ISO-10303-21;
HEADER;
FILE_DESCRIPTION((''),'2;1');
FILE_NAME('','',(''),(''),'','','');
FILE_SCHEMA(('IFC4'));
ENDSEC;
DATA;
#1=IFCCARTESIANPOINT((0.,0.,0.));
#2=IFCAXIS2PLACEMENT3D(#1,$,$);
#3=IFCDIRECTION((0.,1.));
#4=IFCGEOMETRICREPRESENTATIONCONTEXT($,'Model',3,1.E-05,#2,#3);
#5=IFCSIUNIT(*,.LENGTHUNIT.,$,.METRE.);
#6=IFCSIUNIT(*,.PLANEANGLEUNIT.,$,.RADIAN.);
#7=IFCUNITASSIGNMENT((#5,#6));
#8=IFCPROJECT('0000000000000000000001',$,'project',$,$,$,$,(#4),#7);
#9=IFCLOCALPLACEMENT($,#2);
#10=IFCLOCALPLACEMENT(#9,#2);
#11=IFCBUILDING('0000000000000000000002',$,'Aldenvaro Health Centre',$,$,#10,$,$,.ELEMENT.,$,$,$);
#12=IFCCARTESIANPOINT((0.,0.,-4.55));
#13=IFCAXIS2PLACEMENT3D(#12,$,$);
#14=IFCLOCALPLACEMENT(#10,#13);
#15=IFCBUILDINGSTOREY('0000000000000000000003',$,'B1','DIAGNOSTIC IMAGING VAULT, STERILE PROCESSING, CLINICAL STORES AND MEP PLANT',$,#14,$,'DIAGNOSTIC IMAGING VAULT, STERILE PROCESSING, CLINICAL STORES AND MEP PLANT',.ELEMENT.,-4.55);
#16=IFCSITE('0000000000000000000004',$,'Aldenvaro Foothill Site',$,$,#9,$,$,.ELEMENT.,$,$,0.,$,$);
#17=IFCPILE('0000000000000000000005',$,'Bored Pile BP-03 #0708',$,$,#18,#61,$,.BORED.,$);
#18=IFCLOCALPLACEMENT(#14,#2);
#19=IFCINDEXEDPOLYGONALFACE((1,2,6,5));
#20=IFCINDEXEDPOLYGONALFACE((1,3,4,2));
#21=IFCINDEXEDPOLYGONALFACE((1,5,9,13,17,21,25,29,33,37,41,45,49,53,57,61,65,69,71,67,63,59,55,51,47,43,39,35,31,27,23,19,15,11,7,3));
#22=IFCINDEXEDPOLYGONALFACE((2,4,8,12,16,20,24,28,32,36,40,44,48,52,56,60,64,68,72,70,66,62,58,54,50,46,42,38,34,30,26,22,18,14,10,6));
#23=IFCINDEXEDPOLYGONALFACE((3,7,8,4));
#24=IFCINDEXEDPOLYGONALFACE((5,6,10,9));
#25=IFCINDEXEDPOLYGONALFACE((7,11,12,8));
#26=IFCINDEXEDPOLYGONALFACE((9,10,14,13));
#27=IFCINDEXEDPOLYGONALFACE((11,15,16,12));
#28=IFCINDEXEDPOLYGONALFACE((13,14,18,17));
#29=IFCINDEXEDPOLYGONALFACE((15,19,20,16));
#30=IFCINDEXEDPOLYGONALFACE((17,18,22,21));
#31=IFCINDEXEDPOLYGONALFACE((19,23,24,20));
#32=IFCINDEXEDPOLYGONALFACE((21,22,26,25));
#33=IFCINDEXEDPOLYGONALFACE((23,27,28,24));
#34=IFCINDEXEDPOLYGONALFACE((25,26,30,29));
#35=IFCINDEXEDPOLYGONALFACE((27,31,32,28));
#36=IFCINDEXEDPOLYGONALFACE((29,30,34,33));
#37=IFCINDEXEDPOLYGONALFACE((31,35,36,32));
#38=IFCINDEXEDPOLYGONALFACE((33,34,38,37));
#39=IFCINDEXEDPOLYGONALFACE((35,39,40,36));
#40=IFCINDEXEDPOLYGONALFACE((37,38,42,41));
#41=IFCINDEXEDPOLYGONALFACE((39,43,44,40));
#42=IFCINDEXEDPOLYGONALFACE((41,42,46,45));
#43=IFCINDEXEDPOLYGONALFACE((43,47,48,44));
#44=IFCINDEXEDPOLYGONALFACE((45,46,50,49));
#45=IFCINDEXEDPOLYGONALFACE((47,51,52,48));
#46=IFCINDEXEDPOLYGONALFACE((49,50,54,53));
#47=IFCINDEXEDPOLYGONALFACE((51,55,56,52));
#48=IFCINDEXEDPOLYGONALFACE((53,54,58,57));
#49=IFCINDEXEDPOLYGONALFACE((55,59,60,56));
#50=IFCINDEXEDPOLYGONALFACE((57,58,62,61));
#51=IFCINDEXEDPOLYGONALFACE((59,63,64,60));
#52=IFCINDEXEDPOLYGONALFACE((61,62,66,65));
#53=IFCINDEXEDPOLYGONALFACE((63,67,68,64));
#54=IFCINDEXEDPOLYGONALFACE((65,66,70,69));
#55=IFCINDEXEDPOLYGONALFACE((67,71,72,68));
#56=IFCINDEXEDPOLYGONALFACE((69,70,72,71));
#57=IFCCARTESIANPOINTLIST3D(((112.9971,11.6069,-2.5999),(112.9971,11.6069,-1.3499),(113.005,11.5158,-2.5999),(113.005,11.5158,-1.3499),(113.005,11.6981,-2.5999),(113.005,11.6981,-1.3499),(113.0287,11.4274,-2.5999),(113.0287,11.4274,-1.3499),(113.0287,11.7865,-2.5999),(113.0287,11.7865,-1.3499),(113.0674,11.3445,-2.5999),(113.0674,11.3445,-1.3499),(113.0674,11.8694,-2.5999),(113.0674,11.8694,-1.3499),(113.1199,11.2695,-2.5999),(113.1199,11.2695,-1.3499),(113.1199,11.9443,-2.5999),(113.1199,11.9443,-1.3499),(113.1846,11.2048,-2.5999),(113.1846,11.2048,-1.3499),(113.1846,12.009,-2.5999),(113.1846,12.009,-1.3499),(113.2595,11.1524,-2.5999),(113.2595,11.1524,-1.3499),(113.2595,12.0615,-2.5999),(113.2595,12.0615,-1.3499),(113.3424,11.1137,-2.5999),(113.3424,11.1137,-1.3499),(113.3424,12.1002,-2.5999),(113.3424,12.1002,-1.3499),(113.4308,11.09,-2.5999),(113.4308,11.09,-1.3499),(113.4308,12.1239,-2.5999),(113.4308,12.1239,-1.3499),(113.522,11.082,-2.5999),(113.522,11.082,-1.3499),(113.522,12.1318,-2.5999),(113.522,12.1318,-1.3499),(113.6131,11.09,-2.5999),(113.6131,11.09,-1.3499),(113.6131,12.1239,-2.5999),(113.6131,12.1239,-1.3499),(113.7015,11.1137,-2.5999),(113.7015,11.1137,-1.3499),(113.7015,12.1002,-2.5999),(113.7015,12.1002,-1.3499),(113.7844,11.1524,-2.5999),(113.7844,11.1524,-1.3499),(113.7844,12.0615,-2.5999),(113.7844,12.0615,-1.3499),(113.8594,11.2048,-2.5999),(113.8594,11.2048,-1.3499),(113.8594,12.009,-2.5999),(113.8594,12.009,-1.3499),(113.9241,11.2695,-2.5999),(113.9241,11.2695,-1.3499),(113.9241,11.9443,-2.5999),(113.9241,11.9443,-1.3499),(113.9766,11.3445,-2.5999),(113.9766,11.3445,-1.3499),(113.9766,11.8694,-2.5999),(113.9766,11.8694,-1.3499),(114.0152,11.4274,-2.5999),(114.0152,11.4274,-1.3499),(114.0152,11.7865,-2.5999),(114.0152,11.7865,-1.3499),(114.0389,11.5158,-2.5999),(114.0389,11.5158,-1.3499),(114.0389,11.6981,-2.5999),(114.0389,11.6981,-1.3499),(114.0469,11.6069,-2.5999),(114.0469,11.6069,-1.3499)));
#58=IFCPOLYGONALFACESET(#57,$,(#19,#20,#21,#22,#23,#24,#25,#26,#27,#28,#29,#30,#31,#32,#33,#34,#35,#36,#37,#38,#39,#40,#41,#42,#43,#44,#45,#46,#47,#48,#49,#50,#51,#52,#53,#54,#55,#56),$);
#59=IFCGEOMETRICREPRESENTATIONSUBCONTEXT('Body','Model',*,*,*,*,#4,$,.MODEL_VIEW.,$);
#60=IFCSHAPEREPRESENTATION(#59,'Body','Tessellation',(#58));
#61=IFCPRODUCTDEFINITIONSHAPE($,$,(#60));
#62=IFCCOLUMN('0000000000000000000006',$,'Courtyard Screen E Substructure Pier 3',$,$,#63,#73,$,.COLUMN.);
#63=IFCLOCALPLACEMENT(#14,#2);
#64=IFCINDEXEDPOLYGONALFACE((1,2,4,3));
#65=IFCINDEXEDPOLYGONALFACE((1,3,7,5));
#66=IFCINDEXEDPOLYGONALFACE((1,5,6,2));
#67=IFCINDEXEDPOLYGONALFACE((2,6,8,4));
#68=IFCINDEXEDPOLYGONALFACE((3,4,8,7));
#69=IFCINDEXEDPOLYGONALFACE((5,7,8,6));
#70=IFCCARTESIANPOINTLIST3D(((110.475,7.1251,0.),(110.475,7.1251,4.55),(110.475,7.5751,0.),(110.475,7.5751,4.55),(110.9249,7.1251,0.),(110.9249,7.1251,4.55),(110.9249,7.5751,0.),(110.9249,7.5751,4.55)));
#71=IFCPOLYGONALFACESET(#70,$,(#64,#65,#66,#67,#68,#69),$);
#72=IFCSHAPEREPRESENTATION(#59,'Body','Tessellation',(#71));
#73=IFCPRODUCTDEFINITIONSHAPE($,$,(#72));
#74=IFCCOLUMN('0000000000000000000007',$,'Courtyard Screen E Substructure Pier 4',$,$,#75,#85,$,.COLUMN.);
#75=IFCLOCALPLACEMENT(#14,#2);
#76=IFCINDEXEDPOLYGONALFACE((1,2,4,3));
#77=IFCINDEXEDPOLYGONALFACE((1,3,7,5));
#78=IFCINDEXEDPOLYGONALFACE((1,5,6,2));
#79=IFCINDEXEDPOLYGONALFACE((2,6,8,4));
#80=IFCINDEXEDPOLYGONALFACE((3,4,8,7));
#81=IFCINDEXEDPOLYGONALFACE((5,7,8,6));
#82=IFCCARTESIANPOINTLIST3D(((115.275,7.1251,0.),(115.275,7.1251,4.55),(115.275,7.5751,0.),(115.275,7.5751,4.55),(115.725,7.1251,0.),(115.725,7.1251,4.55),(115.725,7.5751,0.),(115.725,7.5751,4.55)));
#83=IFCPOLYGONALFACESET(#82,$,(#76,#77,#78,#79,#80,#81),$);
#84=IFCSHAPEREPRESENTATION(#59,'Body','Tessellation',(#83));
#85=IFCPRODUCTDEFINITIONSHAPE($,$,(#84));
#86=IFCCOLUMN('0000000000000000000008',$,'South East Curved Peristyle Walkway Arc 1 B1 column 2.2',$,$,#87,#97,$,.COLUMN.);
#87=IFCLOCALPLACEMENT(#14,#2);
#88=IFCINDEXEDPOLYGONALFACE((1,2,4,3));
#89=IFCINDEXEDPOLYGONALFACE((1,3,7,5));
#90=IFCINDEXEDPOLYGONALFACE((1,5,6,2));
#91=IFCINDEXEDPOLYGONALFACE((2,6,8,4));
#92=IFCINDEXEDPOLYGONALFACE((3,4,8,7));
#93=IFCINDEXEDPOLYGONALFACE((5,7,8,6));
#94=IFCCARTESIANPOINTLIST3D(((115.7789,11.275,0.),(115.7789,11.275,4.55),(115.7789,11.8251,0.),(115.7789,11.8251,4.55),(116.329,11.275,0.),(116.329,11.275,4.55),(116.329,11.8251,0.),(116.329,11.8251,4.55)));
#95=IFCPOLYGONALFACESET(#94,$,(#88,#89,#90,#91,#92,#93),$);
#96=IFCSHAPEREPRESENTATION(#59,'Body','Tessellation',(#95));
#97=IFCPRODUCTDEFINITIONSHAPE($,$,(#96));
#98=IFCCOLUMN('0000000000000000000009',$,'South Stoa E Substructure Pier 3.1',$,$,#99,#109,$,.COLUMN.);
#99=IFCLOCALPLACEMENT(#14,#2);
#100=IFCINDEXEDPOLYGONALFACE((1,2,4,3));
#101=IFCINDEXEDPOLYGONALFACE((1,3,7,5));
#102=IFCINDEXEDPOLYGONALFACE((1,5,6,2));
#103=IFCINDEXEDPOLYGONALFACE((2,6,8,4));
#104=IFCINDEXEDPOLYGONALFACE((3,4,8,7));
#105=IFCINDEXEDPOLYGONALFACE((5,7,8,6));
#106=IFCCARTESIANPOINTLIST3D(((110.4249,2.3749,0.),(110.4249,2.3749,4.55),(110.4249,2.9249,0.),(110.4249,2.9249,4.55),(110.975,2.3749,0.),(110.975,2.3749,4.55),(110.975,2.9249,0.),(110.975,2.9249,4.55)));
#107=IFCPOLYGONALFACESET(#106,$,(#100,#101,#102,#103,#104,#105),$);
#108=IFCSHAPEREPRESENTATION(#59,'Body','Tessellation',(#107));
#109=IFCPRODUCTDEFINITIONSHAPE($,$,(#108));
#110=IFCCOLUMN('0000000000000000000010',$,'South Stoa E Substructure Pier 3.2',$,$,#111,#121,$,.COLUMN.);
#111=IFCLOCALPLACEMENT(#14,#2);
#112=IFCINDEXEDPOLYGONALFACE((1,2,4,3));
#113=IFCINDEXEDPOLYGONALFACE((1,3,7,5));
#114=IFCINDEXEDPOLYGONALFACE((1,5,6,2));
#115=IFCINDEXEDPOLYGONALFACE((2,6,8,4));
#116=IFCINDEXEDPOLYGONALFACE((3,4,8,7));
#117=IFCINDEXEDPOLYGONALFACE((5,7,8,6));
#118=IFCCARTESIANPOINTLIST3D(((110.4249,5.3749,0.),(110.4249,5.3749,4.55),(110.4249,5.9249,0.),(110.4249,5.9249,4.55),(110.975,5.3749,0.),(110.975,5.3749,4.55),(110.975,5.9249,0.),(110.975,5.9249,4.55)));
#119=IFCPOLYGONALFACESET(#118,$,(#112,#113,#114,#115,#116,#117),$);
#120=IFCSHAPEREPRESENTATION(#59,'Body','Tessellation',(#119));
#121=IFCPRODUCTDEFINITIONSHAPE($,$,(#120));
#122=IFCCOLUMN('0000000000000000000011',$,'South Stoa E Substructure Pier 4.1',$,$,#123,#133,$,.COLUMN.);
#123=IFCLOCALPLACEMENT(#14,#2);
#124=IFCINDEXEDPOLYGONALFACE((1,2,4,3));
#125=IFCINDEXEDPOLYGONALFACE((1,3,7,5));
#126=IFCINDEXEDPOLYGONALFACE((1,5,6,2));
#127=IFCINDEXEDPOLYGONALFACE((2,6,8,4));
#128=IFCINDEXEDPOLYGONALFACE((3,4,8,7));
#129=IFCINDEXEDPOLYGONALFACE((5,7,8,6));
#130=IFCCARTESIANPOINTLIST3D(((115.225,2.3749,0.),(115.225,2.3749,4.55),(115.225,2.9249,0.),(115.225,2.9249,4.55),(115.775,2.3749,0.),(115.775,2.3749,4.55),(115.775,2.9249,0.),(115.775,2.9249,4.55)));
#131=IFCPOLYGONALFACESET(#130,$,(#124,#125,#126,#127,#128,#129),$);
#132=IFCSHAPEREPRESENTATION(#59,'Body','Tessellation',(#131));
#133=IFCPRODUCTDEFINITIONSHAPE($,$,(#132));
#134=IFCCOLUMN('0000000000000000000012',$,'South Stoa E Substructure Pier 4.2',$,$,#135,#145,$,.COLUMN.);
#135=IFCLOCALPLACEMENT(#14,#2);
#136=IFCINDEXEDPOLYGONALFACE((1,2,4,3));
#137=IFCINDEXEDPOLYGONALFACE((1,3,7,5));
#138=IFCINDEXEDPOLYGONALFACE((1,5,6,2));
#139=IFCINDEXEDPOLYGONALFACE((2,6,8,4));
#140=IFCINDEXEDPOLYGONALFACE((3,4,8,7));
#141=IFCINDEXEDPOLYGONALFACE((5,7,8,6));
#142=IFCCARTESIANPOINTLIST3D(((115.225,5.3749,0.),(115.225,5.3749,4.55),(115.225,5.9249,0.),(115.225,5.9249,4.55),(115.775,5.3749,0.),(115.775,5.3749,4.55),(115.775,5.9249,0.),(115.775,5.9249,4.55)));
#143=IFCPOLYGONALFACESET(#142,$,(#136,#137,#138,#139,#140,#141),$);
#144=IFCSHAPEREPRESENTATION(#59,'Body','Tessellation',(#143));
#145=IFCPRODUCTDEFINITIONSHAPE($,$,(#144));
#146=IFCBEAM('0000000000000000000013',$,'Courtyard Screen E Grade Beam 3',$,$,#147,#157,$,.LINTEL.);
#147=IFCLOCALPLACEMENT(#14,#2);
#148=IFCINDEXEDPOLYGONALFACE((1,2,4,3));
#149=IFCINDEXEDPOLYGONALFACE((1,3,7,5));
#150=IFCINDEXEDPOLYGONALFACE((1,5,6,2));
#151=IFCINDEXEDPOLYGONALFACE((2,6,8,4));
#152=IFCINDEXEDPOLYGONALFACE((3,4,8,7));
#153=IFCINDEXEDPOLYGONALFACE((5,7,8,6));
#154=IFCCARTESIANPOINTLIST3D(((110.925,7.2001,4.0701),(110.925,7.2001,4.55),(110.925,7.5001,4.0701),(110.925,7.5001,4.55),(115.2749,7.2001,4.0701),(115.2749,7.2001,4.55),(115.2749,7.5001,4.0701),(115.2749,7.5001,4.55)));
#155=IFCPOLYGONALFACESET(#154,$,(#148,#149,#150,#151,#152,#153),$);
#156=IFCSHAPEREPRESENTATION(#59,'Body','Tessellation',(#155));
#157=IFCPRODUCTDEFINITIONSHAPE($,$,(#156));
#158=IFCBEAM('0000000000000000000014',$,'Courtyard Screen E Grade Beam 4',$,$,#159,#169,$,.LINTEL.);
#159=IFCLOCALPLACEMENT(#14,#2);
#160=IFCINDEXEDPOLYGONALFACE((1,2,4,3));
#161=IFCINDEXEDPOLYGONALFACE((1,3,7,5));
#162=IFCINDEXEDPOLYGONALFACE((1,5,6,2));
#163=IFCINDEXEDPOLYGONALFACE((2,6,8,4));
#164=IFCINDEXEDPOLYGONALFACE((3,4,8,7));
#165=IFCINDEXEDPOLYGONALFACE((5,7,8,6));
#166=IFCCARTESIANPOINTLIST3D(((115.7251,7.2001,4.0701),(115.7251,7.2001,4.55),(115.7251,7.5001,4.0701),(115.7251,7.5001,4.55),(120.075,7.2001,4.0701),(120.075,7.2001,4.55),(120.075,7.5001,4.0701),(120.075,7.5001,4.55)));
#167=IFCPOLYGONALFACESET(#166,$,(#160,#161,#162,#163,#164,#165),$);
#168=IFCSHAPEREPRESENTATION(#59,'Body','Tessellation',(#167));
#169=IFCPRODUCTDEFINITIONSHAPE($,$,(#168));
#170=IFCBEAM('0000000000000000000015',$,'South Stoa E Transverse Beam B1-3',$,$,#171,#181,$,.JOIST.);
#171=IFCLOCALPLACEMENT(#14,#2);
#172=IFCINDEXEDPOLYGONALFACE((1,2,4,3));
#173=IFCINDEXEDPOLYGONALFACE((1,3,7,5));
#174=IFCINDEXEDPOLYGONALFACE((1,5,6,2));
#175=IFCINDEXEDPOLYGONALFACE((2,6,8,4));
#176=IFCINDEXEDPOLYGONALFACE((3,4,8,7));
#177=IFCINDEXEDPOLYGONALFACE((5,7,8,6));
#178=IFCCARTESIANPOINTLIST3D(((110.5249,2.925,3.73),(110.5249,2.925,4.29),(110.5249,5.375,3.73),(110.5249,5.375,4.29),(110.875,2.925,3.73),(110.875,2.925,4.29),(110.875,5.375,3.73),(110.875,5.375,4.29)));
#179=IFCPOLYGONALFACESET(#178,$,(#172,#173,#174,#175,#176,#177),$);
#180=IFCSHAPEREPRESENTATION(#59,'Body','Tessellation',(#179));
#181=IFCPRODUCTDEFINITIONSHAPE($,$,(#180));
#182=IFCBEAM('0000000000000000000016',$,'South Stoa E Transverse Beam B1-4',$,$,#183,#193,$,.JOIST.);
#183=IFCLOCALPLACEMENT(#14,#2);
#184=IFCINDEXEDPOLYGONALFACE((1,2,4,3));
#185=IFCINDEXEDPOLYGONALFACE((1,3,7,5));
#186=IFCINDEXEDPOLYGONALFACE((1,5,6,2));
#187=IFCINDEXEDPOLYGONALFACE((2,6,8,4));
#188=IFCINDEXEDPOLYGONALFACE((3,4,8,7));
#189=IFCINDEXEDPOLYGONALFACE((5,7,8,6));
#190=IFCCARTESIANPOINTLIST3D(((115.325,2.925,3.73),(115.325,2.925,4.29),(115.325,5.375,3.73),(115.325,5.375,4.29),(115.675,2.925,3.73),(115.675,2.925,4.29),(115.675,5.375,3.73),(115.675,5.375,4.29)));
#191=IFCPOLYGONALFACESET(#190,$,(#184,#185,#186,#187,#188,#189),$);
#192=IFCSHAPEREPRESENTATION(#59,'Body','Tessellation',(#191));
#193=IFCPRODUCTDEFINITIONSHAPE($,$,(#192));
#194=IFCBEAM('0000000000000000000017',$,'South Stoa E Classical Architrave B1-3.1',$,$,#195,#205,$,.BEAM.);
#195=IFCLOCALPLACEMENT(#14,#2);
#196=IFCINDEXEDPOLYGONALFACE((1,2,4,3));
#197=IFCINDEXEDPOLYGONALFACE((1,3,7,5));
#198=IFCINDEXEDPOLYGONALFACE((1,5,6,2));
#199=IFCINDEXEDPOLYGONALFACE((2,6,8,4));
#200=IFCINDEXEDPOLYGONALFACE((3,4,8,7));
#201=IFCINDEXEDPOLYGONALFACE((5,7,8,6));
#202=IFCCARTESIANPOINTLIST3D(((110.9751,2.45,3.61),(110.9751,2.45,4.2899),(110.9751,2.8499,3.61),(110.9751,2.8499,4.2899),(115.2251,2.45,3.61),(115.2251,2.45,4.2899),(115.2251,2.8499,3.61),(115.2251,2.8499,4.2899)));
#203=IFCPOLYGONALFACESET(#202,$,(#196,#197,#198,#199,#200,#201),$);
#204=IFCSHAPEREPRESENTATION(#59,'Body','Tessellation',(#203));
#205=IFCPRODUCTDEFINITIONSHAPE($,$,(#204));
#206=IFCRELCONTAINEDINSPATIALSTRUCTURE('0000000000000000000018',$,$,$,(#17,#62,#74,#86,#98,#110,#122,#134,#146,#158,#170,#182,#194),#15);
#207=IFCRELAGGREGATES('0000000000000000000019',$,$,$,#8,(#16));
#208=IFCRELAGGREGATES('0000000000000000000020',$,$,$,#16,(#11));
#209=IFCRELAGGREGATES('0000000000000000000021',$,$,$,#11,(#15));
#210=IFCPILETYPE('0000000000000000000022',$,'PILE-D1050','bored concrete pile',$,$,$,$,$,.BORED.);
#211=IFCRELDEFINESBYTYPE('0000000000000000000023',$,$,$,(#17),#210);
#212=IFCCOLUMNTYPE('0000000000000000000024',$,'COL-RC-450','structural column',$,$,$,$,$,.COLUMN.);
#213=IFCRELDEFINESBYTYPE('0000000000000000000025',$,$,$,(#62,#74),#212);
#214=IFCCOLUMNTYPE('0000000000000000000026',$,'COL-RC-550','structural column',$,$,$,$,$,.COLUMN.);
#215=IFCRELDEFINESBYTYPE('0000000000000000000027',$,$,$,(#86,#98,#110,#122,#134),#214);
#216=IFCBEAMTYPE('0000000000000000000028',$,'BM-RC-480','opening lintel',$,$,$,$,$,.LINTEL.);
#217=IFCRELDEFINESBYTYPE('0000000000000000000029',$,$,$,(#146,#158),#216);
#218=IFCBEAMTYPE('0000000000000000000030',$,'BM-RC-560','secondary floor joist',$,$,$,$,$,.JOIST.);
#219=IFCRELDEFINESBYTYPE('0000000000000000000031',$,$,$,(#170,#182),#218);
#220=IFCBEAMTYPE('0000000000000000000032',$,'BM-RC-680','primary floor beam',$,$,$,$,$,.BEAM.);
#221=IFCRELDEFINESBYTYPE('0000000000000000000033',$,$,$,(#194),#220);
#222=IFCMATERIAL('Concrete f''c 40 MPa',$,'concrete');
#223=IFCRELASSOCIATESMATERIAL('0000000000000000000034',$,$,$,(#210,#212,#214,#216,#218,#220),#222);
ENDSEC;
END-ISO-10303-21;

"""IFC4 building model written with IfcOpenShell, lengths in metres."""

from ifc_helpers import new_model, si_unit, direction, frame, origin, origin_2d, place, context, subcontext, project, spatial, rectangle, circle, extrude, material, material_profile, profile_set, type_object, element, save


model = new_model("IFC4")

# Units and contexts
model_context = context("Model", 3, precision=1e-05, world=origin(), true_north=direction((0.0, 1.0)))
body_context = subcontext(model_context, "Body", "Model", "MODEL_VIEW")
ifc_project = project(units=[si_unit("LENGTHUNIT", "METRE"), si_unit("PLANEANGLEUNIT", "RADIAN")], contexts=[model_context])

# Site, building, storey
site_placement = place(None, origin())
site = spatial("IfcSite", under=ifc_project, at=site_placement, Name="Aldenvaro Foothill Site", CompositionType="ELEMENT", RefElevation=0.0)
building_placement = place(site_placement, origin())
building = spatial("IfcBuilding", under=site, at=building_placement, Name="Aldenvaro Health Centre", CompositionType="ELEMENT")
storey_placement = place(building_placement, frame((0.0, 0.0, -4.55)))
storey = spatial("IfcBuildingStorey", under=building, at=storey_placement, Name="B1", Description="DIAGNOSTIC IMAGING VAULT, STERILE PROCESSING, CLINICAL STORES AND MEP PLANT", LongName="DIAGNOSTIC IMAGING VAULT, STERILE PROCESSING, CLINICAL STORES AND MEP PLANT", CompositionType="ELEMENT", Elevation=-4.55)

# Pile
ifc_material_1 = material(Name="Concrete f'c 40 MPa", Category="concrete")
ifc_material_profile_1 = material_profile(ifc_material_1, circle(Radius=0.5249, at=origin_2d()), Name="PILE D1050", Category="concrete")
ifc_profile_set_1 = profile_set([ifc_material_profile_1], Name="Concrete f'c 40 MPa")
pile_type = type_object("IfcPileType", Name="PILE-D1050", Description="bored concrete pile", PredefinedType="BORED", material=ifc_profile_set_1)
for number, where, z_axis, x_axis, name in (
    (1, (113.522, 11.6069, -1.3499), (0.0, 0.0, -1.0), (1.0, 0.0, 0.0), "Bored Pile BP-03 #0708"),
):
    element("IfcPile", number, at=place(storey_placement, frame(where, z_axis=z_axis, x_axis=x_axis)), inside=storey, type_object=pile_type, Name=name, PredefinedType="BORED", context=body_context, shape_type="SweptSolid", body=[
        extrude(circle(Radius=0.5249, at=origin_2d()), origin(), (0.0, 0.0, 1.0), 1.25),
    ])

# Columns
ifc_material_profile_2 = material_profile(ifc_material_1, rectangle(XDim=0.45, YDim=0.45, at=origin_2d()), Name="RC 450x450", Category="concrete")
ifc_profile_set_2 = profile_set([ifc_material_profile_2], Name="Concrete f'c 40 MPa")
column_type_1 = type_object("IfcColumnType", Name="COL-RC-450", Description="structural column", PredefinedType="COLUMN", material=ifc_profile_set_2)
for number, where, z_axis, x_axis, name in (
    (2, (110.7, 7.3501, 0.0), (0.0, 0.0, 1.0), (1.0, 0.0, 0.0), "Courtyard Screen E Substructure Pier 3"),
    (3, (115.5, 7.3501, 0.0), (0.0, 0.0, 1.0), (1.0, 0.0, 0.0), "Courtyard Screen E Substructure Pier 4"),
):
    element("IfcColumn", number, at=place(storey_placement, frame(where, z_axis=z_axis, x_axis=x_axis)), inside=storey, type_object=column_type_1, Name=name, PredefinedType="COLUMN", context=body_context, shape_type="SweptSolid", body=[
        extrude(rectangle(XDim=0.45, YDim=0.45, at=origin_2d()), origin(), (0.0, 0.0, 1.0), 4.55),
    ])
ifc_material_profile_3 = material_profile(ifc_material_1, rectangle(XDim=0.55, YDim=0.55, at=origin_2d()), Name="RC 550x550", Category="concrete")
ifc_profile_set_3 = profile_set([ifc_material_profile_3], Name="Concrete f'c 40 MPa")
column_type_2 = type_object("IfcColumnType", Name="COL-RC-550", Description="structural column", PredefinedType="COLUMN", material=ifc_profile_set_3)
for number, where, z_axis, x_axis, name in (
    (4, (116.054, 11.55, 0.0), (0.0, 0.0, 1.0), (1.0, 0.0, 0.0), "South East Curved Peristyle Walkway Arc 1 B1 column 2.2"),
    (5, (110.7, 2.6499, 0.0), (0.0, 0.0, 1.0), (1.0, 0.0, 0.0), "South Stoa E Substructure Pier 3.1"),
    (6, (110.7, 5.6499, 0.0), (0.0, 0.0, 1.0), (1.0, 0.0, 0.0), "South Stoa E Substructure Pier 3.2"),
    (7, (115.5, 2.6499, 0.0), (0.0, 0.0, 1.0), (1.0, 0.0, 0.0), "South Stoa E Substructure Pier 4.1"),
    (8, (115.5, 5.6499, 0.0), (0.0, 0.0, 1.0), (1.0, 0.0, 0.0), "South Stoa E Substructure Pier 4.2"),
):
    element("IfcColumn", number, at=place(storey_placement, frame(where, z_axis=z_axis, x_axis=x_axis)), inside=storey, type_object=column_type_2, Name=name, PredefinedType="COLUMN", context=body_context, shape_type="SweptSolid", body=[
        extrude(rectangle(XDim=0.55, YDim=0.55, at=origin_2d()), origin(), (0.0, 0.0, 1.0), 4.55),
    ])

# Beams
ifc_material_profile_4 = material_profile(ifc_material_1, rectangle(XDim=0.3, YDim=0.48, at=origin_2d()), Name="RC 300x480", Category="concrete")
ifc_profile_set_4 = profile_set([ifc_material_profile_4], Name="Concrete f'c 40 MPa")
beam_type_1 = type_object("IfcBeamType", Name="BM-RC-480", Description="opening lintel", PredefinedType="LINTEL", material=ifc_profile_set_4)
for number, where, z_axis, x_axis, name in (
    (9, (110.925, 7.3501, 4.3101), (1.0, 0.0, 0.0), (0.0, 1.0, 0.0), "Courtyard Screen E Grade Beam 3"),
    (10, (115.7251, 7.3501, 4.3101), (1.0, 0.0, 0.0), (0.0, 1.0, 0.0), "Courtyard Screen E Grade Beam 4"),
):
    element("IfcBeam", number, at=place(storey_placement, frame(where, z_axis=z_axis, x_axis=x_axis)), inside=storey, type_object=beam_type_1, Name=name, PredefinedType="LINTEL", context=body_context, shape_type="SweptSolid", body=[
        extrude(rectangle(XDim=0.3, YDim=0.48, at=origin_2d()), origin(), (0.0, 0.0, 1.0), 4.3499),
    ])
ifc_material_profile_5 = material_profile(ifc_material_1, rectangle(XDim=0.3501, YDim=0.5601, at=origin_2d()), Name="RC 350x560", Category="concrete")
ifc_profile_set_5 = profile_set([ifc_material_profile_5], Name="Concrete f'c 40 MPa")
beam_type_2 = type_object("IfcBeamType", Name="BM-RC-560", Description="secondary floor joist", PredefinedType="JOIST", material=ifc_profile_set_5)
for number, where, z_axis, x_axis, name in (
    (11, (110.7, 2.925, 4.01), (0.0, 1.0, 0.0), (-1.0, 0.0, 0.0), "South Stoa E Transverse Beam B1-3"),
    (12, (115.5, 2.925, 4.01), (0.0, 1.0, 0.0), (-1.0, 0.0, 0.0), "South Stoa E Transverse Beam B1-4"),
):
    element("IfcBeam", number, at=place(storey_placement, frame(where, z_axis=z_axis, x_axis=x_axis)), inside=storey, type_object=beam_type_2, Name=name, PredefinedType="JOIST", context=body_context, shape_type="SweptSolid", body=[
        extrude(rectangle(XDim=0.3501, YDim=0.5601, at=origin_2d()), origin(), (0.0, 0.0, 1.0), 2.45),
    ])
ifc_material_profile_6 = material_profile(ifc_material_1, rectangle(XDim=0.3999, YDim=0.6799, at=origin_2d()), Name="RC 400x680", Category="concrete")
ifc_profile_set_6 = profile_set([ifc_material_profile_6], Name="Concrete f'c 40 MPa")
beam_type_3 = type_object("IfcBeamType", Name="BM-RC-680", Description="primary floor beam", PredefinedType="BEAM", material=ifc_profile_set_6)
for number, where, z_axis, x_axis, name in (
    (13, (110.9751, 2.6499, 3.95), (1.0, 0.0, 0.0), (0.0, 1.0, 0.0), "South Stoa E Classical Architrave B1-3.1"),
):
    element("IfcBeam", number, at=place(storey_placement, frame(where, z_axis=z_axis, x_axis=x_axis)), inside=storey, type_object=beam_type_3, Name=name, PredefinedType="BEAM", context=body_context, shape_type="SweptSolid", body=[
        extrude(rectangle(XDim=0.3999, YDim=0.6799, at=origin_2d()), origin(), (0.0, 0.0, 1.0), 4.25),
    ])

save(model, "model.ifc")
